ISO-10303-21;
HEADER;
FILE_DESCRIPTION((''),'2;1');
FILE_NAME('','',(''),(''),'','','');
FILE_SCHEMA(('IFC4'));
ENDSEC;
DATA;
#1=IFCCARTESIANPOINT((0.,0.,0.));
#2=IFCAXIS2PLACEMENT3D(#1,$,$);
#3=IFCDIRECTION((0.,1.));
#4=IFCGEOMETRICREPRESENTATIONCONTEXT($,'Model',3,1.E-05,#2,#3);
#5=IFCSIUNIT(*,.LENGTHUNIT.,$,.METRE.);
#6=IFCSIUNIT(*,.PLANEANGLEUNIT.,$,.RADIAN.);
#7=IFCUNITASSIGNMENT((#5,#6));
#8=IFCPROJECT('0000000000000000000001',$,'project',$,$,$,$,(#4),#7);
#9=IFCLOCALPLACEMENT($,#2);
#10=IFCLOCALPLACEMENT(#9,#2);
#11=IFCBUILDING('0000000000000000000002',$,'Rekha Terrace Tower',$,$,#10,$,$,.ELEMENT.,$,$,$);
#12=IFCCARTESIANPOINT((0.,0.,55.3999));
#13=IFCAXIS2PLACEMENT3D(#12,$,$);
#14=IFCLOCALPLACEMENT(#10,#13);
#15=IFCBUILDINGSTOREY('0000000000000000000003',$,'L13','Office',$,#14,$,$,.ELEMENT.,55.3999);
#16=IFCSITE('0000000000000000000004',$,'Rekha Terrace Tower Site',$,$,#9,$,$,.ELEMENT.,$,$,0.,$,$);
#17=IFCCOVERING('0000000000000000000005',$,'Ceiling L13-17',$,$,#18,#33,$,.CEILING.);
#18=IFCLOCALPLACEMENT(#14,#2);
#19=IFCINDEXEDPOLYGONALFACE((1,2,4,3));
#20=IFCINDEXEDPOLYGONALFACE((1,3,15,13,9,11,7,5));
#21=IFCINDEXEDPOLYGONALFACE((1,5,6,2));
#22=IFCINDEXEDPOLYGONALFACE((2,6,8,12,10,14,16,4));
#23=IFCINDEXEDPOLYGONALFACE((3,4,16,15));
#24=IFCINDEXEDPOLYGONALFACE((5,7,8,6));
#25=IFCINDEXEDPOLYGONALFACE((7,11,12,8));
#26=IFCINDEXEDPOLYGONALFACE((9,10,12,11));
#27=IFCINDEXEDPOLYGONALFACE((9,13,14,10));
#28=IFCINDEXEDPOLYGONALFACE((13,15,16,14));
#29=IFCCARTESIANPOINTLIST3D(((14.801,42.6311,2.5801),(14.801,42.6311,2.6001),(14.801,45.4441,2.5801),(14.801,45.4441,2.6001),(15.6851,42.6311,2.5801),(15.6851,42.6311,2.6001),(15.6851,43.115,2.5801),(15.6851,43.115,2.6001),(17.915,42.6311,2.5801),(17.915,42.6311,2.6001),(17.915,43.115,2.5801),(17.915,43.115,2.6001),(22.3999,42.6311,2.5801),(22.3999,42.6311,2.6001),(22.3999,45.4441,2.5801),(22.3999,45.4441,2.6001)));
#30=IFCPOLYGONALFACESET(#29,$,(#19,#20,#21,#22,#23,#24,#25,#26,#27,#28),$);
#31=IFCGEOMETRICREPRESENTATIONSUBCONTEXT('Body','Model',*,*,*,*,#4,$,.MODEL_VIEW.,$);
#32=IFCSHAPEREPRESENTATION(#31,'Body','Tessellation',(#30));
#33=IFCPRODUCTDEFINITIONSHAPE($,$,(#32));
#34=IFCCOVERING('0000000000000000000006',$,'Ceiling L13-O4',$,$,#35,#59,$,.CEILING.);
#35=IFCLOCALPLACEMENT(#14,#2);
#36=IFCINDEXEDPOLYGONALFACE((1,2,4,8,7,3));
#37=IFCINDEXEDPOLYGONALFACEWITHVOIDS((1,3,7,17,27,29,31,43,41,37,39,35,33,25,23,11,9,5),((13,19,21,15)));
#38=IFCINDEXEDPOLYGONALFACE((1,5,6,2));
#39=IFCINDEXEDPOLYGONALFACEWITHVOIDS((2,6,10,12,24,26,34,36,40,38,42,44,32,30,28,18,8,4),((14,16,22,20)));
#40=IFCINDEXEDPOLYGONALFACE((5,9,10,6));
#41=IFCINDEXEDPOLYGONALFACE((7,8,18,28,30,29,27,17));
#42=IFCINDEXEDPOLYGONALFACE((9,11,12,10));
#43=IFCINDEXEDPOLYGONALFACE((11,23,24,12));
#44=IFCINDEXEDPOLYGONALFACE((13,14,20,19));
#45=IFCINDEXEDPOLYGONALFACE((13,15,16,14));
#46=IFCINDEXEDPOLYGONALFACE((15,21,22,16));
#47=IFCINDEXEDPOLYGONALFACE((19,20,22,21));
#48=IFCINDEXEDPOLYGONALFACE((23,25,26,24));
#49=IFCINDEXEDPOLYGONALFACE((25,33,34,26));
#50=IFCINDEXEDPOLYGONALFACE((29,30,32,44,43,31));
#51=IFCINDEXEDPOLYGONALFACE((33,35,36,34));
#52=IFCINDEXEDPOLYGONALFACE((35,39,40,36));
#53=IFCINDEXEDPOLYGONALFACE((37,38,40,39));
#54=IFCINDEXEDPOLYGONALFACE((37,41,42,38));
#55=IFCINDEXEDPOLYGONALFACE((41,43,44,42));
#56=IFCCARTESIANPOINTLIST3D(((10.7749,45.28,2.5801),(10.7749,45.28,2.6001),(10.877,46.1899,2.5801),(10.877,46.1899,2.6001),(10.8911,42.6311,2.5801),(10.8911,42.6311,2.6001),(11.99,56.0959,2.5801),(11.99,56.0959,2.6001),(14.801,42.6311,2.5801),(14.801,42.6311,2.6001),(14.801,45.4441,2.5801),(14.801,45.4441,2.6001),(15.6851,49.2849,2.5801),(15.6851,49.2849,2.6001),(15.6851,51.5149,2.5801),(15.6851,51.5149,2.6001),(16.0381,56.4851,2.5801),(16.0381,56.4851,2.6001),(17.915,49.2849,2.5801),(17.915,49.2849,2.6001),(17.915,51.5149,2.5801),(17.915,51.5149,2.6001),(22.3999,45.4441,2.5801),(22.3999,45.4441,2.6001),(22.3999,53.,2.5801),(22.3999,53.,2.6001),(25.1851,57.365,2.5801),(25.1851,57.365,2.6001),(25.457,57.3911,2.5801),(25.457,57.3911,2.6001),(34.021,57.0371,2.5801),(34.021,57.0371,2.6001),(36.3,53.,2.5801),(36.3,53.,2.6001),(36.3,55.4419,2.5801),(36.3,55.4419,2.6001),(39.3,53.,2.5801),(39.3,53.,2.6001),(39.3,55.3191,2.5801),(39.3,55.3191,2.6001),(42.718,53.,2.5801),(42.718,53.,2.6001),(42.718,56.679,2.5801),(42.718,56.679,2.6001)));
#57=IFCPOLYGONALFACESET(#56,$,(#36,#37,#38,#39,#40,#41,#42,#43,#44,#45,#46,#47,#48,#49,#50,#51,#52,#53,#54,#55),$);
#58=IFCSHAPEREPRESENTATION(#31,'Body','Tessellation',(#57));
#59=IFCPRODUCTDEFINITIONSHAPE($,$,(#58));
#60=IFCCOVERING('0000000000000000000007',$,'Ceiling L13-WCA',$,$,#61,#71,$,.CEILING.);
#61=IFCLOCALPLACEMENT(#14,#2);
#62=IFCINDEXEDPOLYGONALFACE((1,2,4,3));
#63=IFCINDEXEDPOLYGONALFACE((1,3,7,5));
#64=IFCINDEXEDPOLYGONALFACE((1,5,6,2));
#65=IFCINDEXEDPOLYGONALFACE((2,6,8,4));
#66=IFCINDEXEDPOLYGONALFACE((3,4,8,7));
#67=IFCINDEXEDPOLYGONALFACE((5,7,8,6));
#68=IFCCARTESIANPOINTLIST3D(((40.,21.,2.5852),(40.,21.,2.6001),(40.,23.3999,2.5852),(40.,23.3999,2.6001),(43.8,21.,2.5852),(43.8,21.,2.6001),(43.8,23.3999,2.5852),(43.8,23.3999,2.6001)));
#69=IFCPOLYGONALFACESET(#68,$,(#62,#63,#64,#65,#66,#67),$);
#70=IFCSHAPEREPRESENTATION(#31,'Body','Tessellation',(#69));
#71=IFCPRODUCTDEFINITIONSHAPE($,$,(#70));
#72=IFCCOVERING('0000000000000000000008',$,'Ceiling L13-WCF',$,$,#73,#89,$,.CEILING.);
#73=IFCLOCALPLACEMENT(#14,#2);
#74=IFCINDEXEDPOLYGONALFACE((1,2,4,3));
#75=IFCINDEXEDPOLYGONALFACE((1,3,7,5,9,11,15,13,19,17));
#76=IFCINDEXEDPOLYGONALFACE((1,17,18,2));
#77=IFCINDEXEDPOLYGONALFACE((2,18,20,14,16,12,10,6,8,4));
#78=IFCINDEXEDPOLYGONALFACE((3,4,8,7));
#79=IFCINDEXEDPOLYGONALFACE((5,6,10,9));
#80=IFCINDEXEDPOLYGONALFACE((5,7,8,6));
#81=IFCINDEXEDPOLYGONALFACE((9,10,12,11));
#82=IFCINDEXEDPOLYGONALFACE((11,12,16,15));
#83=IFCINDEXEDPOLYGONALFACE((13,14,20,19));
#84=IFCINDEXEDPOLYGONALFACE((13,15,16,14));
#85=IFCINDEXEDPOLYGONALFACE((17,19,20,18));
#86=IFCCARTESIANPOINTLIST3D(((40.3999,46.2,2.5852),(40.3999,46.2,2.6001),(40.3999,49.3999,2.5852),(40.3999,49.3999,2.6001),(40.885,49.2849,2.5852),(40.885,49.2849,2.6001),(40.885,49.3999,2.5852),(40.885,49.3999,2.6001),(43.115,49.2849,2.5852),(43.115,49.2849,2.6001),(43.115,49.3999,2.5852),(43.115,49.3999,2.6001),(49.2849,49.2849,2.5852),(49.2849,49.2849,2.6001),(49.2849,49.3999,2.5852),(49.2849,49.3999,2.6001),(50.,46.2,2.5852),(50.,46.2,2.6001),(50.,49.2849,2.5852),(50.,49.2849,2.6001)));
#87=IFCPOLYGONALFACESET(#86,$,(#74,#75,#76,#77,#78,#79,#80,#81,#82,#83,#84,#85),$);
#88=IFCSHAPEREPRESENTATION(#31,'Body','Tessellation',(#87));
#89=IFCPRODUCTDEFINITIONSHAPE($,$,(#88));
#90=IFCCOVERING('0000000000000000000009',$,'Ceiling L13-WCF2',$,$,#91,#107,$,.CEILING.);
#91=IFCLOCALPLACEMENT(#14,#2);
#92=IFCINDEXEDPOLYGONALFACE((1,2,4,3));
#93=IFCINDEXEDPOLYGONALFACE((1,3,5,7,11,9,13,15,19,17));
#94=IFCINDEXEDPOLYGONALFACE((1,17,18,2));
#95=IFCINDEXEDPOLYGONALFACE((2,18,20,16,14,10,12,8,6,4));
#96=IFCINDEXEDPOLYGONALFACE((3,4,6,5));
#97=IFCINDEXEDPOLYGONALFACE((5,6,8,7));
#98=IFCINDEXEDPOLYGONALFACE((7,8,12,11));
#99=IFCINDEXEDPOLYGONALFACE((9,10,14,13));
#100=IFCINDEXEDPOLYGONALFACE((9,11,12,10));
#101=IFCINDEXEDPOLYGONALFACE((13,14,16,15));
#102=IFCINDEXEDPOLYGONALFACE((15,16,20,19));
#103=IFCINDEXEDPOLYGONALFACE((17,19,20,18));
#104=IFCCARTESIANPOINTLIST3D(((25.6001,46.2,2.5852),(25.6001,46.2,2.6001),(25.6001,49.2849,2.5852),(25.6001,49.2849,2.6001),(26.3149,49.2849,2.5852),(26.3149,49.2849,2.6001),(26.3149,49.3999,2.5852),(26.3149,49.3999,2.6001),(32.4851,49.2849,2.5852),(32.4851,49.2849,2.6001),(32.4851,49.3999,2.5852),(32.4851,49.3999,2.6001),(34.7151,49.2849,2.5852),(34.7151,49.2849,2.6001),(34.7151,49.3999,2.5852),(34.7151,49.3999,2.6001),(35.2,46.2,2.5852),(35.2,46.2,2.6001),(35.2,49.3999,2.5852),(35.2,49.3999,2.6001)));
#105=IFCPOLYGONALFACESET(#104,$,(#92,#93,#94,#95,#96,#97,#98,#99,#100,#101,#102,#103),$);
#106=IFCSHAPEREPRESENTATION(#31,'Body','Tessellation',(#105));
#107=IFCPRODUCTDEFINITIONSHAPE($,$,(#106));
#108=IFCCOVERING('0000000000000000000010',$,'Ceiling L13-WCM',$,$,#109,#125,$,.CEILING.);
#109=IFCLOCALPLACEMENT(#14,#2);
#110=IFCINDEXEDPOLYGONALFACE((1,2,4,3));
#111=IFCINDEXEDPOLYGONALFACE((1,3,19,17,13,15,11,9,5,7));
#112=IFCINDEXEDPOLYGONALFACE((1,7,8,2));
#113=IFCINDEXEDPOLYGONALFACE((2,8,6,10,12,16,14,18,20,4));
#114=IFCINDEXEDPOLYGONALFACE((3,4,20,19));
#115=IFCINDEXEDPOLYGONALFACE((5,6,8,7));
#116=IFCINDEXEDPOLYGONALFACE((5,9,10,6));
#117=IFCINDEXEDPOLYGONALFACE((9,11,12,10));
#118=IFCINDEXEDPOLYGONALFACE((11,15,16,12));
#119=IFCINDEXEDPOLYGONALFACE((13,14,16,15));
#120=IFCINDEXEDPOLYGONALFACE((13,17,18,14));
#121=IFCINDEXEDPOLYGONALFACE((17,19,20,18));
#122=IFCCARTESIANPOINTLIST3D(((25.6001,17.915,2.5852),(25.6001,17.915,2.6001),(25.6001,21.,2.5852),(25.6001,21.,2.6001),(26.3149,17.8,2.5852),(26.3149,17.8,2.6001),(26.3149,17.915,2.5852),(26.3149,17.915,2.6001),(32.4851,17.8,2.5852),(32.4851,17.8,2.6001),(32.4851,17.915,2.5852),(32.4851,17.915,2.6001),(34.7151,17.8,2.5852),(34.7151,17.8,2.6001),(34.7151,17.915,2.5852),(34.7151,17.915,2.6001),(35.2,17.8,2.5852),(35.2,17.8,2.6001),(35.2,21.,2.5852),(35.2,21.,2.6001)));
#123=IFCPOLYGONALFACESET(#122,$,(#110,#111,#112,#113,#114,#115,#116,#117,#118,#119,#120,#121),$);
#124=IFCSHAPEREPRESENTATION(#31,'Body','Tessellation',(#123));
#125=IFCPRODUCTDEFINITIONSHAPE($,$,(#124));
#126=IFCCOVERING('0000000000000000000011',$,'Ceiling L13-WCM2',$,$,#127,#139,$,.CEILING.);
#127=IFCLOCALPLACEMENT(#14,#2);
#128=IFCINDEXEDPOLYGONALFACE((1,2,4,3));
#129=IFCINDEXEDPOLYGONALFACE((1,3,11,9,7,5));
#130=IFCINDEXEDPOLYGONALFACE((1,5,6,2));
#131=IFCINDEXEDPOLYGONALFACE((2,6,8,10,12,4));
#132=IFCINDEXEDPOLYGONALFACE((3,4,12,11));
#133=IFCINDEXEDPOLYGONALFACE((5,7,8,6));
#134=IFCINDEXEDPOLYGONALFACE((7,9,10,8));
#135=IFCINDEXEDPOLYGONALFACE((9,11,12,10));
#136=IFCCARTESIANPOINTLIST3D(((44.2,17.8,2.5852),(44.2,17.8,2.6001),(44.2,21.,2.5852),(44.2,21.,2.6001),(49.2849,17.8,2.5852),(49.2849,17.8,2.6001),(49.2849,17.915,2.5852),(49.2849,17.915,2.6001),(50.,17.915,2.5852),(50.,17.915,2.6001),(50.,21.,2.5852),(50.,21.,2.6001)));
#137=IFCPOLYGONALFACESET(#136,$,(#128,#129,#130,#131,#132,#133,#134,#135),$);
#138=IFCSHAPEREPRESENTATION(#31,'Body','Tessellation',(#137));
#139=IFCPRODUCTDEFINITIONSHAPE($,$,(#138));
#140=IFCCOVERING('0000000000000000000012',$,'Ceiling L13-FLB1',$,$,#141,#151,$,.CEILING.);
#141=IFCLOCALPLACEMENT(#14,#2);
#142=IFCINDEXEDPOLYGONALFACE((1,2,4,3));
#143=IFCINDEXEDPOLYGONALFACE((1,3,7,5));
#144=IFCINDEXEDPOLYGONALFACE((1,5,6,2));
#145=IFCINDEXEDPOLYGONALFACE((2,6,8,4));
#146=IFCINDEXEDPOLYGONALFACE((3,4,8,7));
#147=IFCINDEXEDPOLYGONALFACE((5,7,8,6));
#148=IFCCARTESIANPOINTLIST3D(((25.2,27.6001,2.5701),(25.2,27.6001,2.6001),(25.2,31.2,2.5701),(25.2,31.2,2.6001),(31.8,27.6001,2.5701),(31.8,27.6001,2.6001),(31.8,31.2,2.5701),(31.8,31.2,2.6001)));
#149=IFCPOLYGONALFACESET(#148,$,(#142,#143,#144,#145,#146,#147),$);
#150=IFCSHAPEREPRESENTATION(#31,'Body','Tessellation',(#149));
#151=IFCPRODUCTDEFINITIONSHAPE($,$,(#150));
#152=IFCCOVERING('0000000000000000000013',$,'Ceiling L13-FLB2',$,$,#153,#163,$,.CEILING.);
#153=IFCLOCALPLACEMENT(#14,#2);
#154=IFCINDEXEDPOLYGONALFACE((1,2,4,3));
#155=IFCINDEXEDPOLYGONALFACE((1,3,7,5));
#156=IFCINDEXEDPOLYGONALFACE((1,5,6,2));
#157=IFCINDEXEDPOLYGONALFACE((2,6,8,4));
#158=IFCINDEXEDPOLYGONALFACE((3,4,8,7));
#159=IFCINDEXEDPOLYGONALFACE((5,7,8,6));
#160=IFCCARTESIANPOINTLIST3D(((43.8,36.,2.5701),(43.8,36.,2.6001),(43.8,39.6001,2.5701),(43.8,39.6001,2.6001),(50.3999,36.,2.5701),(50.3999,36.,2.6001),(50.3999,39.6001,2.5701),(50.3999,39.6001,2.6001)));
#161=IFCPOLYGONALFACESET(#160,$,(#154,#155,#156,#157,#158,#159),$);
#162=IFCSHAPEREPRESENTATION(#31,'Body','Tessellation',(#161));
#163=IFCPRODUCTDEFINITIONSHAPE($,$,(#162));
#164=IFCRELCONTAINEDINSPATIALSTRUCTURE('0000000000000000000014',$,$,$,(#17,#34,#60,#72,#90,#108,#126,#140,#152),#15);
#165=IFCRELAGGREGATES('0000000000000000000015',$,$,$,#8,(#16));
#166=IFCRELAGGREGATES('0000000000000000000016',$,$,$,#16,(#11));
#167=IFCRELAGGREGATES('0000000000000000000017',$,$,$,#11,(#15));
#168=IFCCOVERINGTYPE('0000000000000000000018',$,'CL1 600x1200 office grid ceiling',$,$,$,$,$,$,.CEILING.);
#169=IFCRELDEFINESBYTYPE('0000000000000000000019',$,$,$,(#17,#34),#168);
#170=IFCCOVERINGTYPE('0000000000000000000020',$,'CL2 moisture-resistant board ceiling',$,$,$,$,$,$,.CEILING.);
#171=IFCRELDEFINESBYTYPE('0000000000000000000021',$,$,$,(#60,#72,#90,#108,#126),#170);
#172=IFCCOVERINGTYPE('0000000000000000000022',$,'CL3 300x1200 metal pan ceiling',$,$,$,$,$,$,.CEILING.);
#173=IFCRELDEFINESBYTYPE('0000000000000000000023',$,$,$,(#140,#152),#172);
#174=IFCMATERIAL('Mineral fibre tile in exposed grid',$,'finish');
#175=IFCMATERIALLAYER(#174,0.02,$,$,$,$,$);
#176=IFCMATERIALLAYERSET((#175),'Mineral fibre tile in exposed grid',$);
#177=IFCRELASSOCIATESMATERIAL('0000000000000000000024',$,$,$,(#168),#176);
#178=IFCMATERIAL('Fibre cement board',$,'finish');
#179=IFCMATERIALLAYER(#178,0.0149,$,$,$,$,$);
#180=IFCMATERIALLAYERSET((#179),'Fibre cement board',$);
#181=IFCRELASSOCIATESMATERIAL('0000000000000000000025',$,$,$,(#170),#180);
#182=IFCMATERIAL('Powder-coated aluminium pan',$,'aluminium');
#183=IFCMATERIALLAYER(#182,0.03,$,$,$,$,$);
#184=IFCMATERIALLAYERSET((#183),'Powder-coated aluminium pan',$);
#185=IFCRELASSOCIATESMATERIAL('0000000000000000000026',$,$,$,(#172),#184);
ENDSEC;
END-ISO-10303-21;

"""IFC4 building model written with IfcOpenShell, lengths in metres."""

from ifc_helpers import new_model, si_unit, direction, frame, origin, place, context, subcontext, project, spatial, polyline, outline, extrude, material, layer, layer_set, type_object, element, save


model = new_model("IFC4")

# Units and contexts
model_context = context("Model", 3, precision=1e-05, world=origin(), true_north=direction((0.0, 1.0)))
body_context = subcontext(model_context, "Body", "Model", "MODEL_VIEW")
ifc_project = project(units=[si_unit("LENGTHUNIT", "METRE"), si_unit("PLANEANGLEUNIT", "RADIAN")], contexts=[model_context])

# Site, building, storey
site_placement = place(None, origin())
site = spatial("IfcSite", under=ifc_project, at=site_placement, Name="Rekha Terrace Tower Site", CompositionType="ELEMENT", RefElevation=0.0)
building_placement = place(site_placement, origin())
building = spatial("IfcBuilding", under=site, at=building_placement, Name="Rekha Terrace Tower", CompositionType="ELEMENT")
storey_placement = place(building_placement, frame((0.0, 0.0, 55.3999)))
storey = spatial("IfcBuildingStorey", under=building, at=storey_placement, Name="L13", Description="Office", CompositionType="ELEMENT", Elevation=55.3999)

# Coverings
ifc_material_1 = material(Name="Mineral fibre tile in exposed grid", Category="finish")
ifc_layer_1 = layer(ifc_material_1, 0.02)
ifc_layer_set_1 = layer_set([ifc_layer_1], Name="Mineral fibre tile in exposed grid")
covering_type_1 = type_object("IfcCoveringType", Name="CL1 600x1200 office grid ceiling", PredefinedType="CEILING", material=ifc_layer_set_1)
covering_1_placement = place(storey_placement, frame((0.0, 0.0, 2.5801)))
element("IfcCovering", 1, at=covering_1_placement, inside=storey, type_object=covering_type_1, Name="Ceiling L13-17", PredefinedType="CEILING", context=body_context, shape_type="SweptSolid", body=[
    extrude(outline(polyline([(22.3999, 45.4441), (14.801, 45.4441), (14.801, 42.6311), (15.6851, 42.6311), (15.6851, 43.115), (17.915, 43.115), (17.915, 42.6311), (22.3999, 42.6311), (22.3999, 45.4441)])), origin(), (0.0, 0.0, 1.0), 0.02),
])
covering_2_placement = place(storey_placement, frame((0.0, 0.0, 2.5801)))
element("IfcCovering", 2, at=covering_2_placement, inside=storey, type_object=covering_type_1, Name="Ceiling L13-O4", PredefinedType="CEILING", context=body_context, shape_type="SweptSolid", body=[
    extrude(outline(polyline([(11.99, 56.0959), (10.877, 46.1899), (10.7749, 45.28), (10.8911, 42.6311), (14.801, 42.6311), (14.801, 45.4441), (22.3999, 45.4441), (22.3999, 53.0), (36.3, 53.0), (36.3, 55.4419), (39.3, 55.3191), (39.3, 53.0), (42.718, 53.0), (42.718, 56.679), (34.021, 57.0371), (25.457, 57.3911), (25.1851, 57.365), (16.0381, 56.4851), (11.99, 56.0959)]), holes=[polyline([(17.915, 49.2849), (15.6851, 49.2849), (15.6851, 51.5149), (17.915, 51.5149), (17.915, 49.2849)])]), origin(), (0.0, 0.0, 1.0), 0.02),
])
ifc_material_2 = material(Name="Fibre cement board", Category="finish")
ifc_layer_2 = layer(ifc_material_2, 0.0149)
ifc_layer_set_2 = layer_set([ifc_layer_2], Name="Fibre cement board")
covering_type_2 = type_object("IfcCoveringType", Name="CL2 moisture-resistant board ceiling", PredefinedType="CEILING", material=ifc_layer_set_2)
covering_3_placement = place(storey_placement, frame((0.0, 0.0, 2.5852)))
element("IfcCovering", 3, at=covering_3_placement, inside=storey, type_object=covering_type_2, Name="Ceiling L13-WCA", PredefinedType="CEILING", context=body_context, shape_type="SweptSolid", body=[
    extrude(outline(polyline([(43.8, 23.3999), (40.0, 23.3999), (40.0, 21.0), (43.8, 21.0), (43.8, 23.3999)])), origin(), (0.0, 0.0, 1.0), 0.0149),
])
covering_4_placement = place(storey_placement, frame((0.0, 0.0, 2.5852)))
element("IfcCovering", 4, at=covering_4_placement, inside=storey, type_object=covering_type_2, Name="Ceiling L13-WCF", PredefinedType="CEILING", context=body_context, shape_type="SweptSolid", body=[
    extrude(outline(polyline([(40.885, 49.3999), (40.3999, 49.3999), (40.3999, 46.2), (50.0, 46.2), (50.0, 49.2849), (49.2849, 49.2849), (49.2849, 49.3999), (43.115, 49.3999), (43.115, 49.2849), (40.885, 49.2849), (40.885, 49.3999)])), origin(), (0.0, 0.0, 1.0), 0.0149),
])
covering_5_placement = place(storey_placement, frame((0.0, 0.0, 2.5852)))
element("IfcCovering", 5, at=covering_5_placement, inside=storey, type_object=covering_type_2, Name="Ceiling L13-WCF2", PredefinedType="CEILING", context=body_context, shape_type="SweptSolid", body=[
    extrude(outline(polyline([(26.3149, 49.2849), (25.6001, 49.2849), (25.6001, 46.2), (35.2, 46.2), (35.2, 49.3999), (34.7151, 49.3999), (34.7151, 49.2849), (32.4851, 49.2849), (32.4851, 49.3999), (26.3149, 49.3999), (26.3149, 49.2849)])), origin(), (0.0, 0.0, 1.0), 0.0149),
])
covering_6_placement = place(storey_placement, frame((0.0, 0.0, 2.5852)))
element("IfcCovering", 6, at=covering_6_placement, inside=storey, type_object=covering_type_2, Name="Ceiling L13-WCM", PredefinedType="CEILING", context=body_context, shape_type="SweptSolid", body=[
    extrude(outline(polyline([(35.2, 21.0), (25.6001, 21.0), (25.6001, 17.915), (26.3149, 17.915), (26.3149, 17.8), (32.4851, 17.8), (32.4851, 17.915), (34.7151, 17.915), (34.7151, 17.8), (35.2, 17.8), (35.2, 21.0)])), origin(), (0.0, 0.0, 1.0), 0.0149),
])
covering_7_placement = place(storey_placement, frame((0.0, 0.0, 2.5852)))
element("IfcCovering", 7, at=covering_7_placement, inside=storey, type_object=covering_type_2, Name="Ceiling L13-WCM2", PredefinedType="CEILING", context=body_context, shape_type="SweptSolid", body=[
    extrude(outline(polyline([(50.0, 21.0), (44.2, 21.0), (44.2, 17.8), (49.2849, 17.8), (49.2849, 17.915), (50.0, 17.915), (50.0, 21.0)])), origin(), (0.0, 0.0, 1.0), 0.0149),
])
ifc_material_3 = material(Name="Powder-coated aluminium pan", Category="aluminium")
ifc_layer_3 = layer(ifc_material_3, 0.03)
ifc_layer_set_3 = layer_set([ifc_layer_3], Name="Powder-coated aluminium pan")
covering_type_3 = type_object("IfcCoveringType", Name="CL3 300x1200 metal pan ceiling", PredefinedType="CEILING", material=ifc_layer_set_3)
covering_8_placement = place(storey_placement, frame((0.0, 0.0, 2.5701)))
element("IfcCovering", 8, at=covering_8_placement, inside=storey, type_object=covering_type_3, Name="Ceiling L13-FLB1", PredefinedType="CEILING", context=body_context, shape_type="SweptSolid", body=[
    extrude(outline(polyline([(31.8, 31.2), (25.2, 31.2), (25.2, 27.6001), (31.8, 27.6001), (31.8, 31.2)])), origin(), (0.0, 0.0, 1.0), 0.03),
])
covering_9_placement = place(storey_placement, frame((0.0, 0.0, 2.5701)))
element("IfcCovering", 9, at=covering_9_placement, inside=storey, type_object=covering_type_3, Name="Ceiling L13-FLB2", PredefinedType="CEILING", context=body_context, shape_type="SweptSolid", body=[
    extrude(outline(polyline([(50.3999, 39.6001), (43.8, 39.6001), (43.8, 36.0), (50.3999, 36.0), (50.3999, 39.6001)])), origin(), (0.0, 0.0, 1.0), 0.03),
])

save(model, "model.ifc")
